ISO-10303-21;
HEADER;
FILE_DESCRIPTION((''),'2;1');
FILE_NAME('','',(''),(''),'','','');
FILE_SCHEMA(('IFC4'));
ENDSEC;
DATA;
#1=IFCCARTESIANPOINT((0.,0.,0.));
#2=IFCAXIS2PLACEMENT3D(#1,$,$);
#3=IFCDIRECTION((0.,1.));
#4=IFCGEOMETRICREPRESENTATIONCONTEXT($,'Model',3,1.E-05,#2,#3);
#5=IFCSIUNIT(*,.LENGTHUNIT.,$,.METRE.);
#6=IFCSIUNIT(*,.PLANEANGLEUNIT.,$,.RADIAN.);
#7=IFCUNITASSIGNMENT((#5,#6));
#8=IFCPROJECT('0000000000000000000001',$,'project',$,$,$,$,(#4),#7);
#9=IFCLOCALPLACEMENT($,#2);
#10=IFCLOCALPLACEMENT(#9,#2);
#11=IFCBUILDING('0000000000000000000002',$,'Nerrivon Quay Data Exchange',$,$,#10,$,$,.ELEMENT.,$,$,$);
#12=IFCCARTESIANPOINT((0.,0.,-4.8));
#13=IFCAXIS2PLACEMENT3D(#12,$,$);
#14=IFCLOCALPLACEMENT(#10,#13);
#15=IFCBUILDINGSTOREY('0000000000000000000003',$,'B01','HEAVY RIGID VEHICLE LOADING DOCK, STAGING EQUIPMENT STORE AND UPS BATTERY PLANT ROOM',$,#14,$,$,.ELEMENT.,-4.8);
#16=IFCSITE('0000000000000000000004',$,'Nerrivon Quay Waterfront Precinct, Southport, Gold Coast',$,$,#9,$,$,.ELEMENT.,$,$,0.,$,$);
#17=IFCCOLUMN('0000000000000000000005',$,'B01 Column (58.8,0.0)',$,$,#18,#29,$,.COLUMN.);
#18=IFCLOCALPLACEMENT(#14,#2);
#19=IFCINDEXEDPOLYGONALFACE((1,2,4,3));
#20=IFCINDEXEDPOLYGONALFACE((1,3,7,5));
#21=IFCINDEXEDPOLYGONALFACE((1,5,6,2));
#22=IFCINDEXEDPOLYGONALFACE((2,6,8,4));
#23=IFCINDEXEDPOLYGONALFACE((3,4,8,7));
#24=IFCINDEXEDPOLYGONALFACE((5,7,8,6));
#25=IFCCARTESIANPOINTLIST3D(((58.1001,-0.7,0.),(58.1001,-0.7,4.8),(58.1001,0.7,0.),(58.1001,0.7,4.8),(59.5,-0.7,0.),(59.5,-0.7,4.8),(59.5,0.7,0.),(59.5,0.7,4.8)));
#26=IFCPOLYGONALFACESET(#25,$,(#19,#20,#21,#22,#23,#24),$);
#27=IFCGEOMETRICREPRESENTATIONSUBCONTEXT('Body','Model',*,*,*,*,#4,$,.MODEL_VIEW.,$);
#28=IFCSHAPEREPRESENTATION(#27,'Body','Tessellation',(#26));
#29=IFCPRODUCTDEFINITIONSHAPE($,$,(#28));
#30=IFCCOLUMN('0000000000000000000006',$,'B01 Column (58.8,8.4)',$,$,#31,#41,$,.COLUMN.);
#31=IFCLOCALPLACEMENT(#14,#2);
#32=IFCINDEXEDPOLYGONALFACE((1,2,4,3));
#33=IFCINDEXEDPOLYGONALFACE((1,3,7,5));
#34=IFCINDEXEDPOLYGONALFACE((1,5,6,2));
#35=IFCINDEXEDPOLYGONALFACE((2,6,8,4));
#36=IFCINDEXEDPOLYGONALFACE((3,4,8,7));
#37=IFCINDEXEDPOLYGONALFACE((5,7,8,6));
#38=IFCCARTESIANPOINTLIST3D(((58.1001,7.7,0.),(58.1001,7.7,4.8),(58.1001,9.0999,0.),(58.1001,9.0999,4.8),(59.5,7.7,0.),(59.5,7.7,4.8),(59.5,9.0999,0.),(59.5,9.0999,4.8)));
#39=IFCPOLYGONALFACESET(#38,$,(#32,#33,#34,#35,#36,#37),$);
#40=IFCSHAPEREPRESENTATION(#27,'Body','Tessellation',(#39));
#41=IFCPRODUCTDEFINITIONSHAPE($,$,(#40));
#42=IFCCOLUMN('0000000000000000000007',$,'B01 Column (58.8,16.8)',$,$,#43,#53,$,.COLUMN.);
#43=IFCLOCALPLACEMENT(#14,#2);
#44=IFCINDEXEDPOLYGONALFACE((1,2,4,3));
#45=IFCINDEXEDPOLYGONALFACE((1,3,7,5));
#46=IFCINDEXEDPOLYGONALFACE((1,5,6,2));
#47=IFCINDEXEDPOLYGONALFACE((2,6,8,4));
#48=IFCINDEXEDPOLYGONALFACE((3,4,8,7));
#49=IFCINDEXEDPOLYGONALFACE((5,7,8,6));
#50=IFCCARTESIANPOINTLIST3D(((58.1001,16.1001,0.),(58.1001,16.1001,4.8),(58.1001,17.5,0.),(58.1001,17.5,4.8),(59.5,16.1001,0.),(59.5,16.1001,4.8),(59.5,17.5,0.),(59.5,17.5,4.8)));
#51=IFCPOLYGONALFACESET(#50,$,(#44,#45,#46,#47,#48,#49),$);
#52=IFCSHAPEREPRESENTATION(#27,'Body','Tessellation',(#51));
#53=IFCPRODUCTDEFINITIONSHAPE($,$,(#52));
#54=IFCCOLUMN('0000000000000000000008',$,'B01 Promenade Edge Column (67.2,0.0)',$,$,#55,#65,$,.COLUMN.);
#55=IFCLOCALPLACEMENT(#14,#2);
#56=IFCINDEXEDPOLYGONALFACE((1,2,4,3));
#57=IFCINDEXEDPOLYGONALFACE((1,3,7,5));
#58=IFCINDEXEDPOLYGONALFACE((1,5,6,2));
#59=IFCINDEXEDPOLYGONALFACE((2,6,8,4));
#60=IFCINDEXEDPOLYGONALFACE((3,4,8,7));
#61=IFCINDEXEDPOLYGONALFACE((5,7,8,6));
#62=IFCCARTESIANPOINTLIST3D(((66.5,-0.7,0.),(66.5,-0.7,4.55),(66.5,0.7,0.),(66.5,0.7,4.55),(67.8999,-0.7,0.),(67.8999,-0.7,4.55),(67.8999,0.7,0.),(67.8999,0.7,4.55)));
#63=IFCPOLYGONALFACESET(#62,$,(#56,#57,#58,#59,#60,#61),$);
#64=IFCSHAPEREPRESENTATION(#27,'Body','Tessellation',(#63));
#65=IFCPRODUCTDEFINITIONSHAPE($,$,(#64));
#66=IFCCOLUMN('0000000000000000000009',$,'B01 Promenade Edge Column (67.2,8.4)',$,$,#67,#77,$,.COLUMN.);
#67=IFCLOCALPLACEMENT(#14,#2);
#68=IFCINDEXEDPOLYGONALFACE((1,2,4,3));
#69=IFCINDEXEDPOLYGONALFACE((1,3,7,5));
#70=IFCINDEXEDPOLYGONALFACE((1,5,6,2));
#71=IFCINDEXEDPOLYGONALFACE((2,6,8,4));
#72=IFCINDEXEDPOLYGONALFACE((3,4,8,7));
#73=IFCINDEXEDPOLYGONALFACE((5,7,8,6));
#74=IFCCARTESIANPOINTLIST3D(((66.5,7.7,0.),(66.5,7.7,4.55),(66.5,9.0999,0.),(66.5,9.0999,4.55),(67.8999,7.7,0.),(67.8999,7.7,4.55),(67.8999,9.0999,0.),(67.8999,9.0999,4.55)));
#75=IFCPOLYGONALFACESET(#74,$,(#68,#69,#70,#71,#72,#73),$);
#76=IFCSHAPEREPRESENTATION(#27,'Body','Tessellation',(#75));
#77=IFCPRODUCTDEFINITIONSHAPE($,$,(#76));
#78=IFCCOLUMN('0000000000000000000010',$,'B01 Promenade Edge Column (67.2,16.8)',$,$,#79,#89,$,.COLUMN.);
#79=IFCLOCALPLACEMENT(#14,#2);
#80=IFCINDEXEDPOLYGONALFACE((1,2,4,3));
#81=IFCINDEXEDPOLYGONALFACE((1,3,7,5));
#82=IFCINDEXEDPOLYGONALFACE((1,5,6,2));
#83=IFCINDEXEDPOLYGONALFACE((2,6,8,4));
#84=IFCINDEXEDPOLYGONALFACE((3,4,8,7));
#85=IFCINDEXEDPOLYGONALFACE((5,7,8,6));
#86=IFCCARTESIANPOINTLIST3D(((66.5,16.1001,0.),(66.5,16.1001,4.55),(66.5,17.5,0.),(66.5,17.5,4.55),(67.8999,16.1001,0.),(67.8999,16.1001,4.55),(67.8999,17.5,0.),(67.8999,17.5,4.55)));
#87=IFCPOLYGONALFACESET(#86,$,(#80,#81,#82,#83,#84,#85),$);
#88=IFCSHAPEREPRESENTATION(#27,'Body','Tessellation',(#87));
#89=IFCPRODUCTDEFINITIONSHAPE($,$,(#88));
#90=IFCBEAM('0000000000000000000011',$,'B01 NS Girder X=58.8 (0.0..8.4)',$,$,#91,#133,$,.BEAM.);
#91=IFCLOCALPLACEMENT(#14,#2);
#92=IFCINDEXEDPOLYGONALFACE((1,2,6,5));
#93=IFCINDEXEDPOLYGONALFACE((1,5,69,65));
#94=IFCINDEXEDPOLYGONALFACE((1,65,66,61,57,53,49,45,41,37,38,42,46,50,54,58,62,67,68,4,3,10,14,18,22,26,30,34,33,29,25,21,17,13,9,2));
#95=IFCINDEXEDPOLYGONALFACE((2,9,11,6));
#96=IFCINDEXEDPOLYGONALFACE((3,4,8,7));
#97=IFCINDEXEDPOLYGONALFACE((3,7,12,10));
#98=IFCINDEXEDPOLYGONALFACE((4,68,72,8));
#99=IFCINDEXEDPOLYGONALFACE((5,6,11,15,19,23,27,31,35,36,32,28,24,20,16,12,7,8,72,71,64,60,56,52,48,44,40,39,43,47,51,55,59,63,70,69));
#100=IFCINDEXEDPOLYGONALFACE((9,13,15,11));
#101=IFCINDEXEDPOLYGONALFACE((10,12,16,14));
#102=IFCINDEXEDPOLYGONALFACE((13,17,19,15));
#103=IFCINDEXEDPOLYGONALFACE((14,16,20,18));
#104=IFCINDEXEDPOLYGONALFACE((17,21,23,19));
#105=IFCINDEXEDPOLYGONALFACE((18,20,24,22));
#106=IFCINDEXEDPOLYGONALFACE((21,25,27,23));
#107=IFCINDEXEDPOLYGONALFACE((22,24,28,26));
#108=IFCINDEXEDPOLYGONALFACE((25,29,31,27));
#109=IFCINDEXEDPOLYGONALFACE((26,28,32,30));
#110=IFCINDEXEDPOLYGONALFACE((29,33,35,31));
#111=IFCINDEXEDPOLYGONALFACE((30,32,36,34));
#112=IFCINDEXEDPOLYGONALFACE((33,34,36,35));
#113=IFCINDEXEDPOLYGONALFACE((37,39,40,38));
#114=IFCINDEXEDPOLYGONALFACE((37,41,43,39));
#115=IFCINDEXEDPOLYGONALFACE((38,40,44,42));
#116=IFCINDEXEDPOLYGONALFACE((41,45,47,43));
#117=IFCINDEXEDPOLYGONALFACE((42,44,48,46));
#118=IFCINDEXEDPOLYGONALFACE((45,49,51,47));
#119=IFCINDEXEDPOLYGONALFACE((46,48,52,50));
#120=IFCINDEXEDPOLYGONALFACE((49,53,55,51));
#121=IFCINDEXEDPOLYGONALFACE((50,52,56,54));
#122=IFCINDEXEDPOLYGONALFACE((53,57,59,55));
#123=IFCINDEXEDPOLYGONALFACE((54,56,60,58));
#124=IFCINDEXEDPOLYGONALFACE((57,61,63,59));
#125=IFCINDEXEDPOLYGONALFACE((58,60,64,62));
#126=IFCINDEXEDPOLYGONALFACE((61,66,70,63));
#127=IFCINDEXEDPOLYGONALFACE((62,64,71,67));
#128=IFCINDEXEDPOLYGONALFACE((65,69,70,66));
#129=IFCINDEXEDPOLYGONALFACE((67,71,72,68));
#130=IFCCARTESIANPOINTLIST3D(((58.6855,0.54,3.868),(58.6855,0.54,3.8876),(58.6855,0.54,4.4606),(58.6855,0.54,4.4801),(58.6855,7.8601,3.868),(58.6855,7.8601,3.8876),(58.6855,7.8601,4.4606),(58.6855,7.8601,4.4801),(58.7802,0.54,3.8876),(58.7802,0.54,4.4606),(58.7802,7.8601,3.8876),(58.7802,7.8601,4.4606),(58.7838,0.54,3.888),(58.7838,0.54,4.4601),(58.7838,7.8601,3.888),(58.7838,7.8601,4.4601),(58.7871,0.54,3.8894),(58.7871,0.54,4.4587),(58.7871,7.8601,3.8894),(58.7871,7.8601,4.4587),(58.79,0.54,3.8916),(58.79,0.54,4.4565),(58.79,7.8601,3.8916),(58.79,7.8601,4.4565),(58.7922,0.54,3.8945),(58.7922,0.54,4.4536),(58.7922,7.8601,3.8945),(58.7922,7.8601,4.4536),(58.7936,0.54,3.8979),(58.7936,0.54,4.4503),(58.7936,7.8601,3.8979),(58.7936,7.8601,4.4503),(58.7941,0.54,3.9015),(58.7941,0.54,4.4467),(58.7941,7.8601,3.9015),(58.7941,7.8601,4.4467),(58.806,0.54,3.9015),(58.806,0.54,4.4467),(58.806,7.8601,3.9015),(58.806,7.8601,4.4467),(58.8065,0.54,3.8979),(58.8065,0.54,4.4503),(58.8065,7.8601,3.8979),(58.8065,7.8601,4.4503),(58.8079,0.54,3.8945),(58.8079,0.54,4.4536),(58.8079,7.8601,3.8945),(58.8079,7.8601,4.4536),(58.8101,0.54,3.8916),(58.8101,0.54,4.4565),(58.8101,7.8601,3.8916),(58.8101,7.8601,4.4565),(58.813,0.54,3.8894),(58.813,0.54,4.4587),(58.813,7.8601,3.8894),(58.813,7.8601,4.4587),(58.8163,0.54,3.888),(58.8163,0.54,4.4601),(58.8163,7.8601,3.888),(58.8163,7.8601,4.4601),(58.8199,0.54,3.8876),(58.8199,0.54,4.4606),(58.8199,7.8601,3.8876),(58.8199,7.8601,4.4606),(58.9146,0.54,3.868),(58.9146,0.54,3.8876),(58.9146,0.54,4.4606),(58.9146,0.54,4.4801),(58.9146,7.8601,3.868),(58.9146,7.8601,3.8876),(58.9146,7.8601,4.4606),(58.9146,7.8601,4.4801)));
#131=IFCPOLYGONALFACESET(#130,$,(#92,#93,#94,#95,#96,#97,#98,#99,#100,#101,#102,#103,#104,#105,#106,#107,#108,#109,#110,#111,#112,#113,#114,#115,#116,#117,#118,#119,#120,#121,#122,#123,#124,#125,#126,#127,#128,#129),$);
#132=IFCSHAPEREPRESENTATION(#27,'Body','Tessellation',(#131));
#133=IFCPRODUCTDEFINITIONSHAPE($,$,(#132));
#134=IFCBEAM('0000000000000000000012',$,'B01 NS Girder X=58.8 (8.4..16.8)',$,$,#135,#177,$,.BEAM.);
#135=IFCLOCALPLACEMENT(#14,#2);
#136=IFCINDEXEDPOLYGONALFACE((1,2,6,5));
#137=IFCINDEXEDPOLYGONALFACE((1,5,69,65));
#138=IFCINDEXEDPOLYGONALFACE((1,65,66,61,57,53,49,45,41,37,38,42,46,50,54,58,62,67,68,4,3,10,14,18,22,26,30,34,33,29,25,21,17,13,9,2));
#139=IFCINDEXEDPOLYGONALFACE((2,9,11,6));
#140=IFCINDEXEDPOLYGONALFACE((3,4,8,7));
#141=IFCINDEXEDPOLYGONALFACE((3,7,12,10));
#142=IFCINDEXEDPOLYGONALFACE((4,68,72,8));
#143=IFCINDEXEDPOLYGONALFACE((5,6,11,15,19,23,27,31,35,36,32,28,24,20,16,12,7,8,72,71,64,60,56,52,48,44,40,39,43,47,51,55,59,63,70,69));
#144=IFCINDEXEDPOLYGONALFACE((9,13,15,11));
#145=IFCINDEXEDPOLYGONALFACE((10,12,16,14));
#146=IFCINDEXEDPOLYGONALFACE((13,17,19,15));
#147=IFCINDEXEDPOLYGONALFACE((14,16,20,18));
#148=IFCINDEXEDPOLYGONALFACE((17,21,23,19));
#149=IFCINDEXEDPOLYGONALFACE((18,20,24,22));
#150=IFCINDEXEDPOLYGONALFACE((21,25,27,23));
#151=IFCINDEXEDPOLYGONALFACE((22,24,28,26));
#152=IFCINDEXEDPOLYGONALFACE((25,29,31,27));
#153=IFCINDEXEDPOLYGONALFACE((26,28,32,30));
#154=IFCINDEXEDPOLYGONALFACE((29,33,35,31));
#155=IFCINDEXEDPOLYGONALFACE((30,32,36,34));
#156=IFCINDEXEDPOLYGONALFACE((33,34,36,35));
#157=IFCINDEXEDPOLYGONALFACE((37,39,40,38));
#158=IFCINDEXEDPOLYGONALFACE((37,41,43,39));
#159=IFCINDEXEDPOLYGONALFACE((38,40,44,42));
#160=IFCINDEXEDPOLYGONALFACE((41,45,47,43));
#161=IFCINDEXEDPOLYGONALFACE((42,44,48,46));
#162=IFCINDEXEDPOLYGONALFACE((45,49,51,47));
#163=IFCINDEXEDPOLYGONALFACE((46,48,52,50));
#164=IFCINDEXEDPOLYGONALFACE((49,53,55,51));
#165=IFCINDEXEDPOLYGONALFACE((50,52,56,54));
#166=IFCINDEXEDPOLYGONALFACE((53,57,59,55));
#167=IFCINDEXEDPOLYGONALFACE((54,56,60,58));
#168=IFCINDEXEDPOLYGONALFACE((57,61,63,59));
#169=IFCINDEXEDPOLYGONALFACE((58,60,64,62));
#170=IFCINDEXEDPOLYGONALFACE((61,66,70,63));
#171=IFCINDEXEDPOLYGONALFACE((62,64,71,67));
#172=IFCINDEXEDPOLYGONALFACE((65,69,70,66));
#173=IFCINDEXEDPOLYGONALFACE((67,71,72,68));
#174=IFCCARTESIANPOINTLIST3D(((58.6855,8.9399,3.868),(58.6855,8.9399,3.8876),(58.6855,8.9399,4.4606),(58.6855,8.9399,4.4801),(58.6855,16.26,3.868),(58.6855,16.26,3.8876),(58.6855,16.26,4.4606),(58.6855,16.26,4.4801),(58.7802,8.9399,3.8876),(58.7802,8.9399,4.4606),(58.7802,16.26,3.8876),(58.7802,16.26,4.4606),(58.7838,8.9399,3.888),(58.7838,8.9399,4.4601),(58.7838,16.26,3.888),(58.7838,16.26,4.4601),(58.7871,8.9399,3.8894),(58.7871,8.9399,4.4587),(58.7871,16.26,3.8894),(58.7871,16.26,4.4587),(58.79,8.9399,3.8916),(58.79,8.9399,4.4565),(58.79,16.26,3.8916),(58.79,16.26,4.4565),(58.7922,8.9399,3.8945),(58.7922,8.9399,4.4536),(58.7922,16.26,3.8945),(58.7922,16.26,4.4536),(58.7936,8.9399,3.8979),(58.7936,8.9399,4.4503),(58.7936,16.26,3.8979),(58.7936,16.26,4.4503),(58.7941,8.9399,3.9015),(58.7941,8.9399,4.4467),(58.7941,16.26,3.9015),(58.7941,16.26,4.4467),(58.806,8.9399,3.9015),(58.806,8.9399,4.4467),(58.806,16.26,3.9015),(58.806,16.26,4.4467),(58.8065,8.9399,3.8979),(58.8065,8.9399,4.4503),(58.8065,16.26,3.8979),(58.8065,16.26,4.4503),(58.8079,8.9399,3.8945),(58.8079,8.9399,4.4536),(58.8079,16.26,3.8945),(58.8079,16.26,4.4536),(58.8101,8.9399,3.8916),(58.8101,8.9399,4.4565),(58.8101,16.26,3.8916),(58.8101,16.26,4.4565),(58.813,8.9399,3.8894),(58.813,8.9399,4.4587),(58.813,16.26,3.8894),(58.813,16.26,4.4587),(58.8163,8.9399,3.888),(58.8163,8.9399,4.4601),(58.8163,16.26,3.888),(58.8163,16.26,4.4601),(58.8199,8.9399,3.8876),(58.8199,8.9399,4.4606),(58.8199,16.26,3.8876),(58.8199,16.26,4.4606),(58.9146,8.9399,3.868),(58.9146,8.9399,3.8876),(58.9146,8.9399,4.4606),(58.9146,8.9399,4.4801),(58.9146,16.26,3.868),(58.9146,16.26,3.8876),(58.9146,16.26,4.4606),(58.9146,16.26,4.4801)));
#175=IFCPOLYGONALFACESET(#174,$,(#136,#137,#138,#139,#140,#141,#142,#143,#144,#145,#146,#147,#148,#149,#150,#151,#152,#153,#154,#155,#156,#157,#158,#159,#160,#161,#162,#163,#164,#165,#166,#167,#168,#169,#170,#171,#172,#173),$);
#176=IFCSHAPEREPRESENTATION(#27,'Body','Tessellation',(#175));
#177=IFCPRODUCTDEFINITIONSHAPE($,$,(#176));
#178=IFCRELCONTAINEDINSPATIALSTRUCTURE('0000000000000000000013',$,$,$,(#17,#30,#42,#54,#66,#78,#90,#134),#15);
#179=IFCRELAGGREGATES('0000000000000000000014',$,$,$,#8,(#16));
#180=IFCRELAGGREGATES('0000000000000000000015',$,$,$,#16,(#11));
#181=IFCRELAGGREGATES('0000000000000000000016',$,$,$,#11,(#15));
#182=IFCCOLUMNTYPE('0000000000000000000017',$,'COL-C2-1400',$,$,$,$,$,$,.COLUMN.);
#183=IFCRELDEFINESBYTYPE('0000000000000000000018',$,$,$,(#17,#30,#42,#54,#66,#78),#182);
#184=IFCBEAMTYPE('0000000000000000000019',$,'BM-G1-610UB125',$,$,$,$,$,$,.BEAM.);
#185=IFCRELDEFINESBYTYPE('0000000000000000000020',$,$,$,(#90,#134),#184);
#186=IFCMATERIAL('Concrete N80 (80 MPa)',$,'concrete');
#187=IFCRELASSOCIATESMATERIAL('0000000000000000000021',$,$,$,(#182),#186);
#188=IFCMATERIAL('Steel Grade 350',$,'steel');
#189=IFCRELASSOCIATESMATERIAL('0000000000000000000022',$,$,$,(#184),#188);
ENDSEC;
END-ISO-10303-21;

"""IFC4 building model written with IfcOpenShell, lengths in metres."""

from ifc_helpers import new_model, si_unit, direction, frame, origin, origin_2d, place, context, subcontext, project, spatial, rectangle, i_section, extrude, material, material_profile, profile_set, type_object, element, save


model = new_model("IFC4")

# Units and contexts
model_context = context("Model", 3, precision=1e-05, world=origin(), true_north=direction((0.0, 1.0)))
body_context = subcontext(model_context, "Body", "Model", "MODEL_VIEW")
ifc_project = project(units=[si_unit("LENGTHUNIT", "METRE"), si_unit("PLANEANGLEUNIT", "RADIAN")], contexts=[model_context])

# Site, building, storey
site_placement = place(None, origin())
site = spatial("IfcSite", under=ifc_project, at=site_placement, Name="Nerrivon Quay Waterfront Precinct, Southport, Gold Coast", CompositionType="ELEMENT", RefElevation=0.0)
building_placement = place(site_placement, origin())
building = spatial("IfcBuilding", under=site, at=building_placement, Name="Nerrivon Quay Data Exchange", CompositionType="ELEMENT")
storey_placement = place(building_placement, frame((0.0, 0.0, -4.8)))
storey = spatial("IfcBuildingStorey", under=building, at=storey_placement, Name="B01", Description="HEAVY RIGID VEHICLE LOADING DOCK, STAGING EQUIPMENT STORE AND UPS BATTERY PLANT ROOM", CompositionType="ELEMENT", Elevation=-4.8)

# Columns
ifc_material_1 = material(Name="Concrete N80 (80 MPa)", Category="concrete")
ifc_material_profile_1 = material_profile(ifc_material_1, rectangle(XDim=1.3999, YDim=1.3999, at=origin_2d()), Name="RC-COL-1400x1400")
ifc_profile_set_1 = profile_set([ifc_material_profile_1], Name="Concrete N80 (80 MPa)")
column_type = type_object("IfcColumnType", Name="COL-C2-1400", PredefinedType="COLUMN", material=ifc_profile_set_1)
for number, where, z_axis, x_axis, name in (
    (1, (58.8, 0.0, 0.0), (0.0, 0.0, 1.0), (1.0, 0.0, 0.0), "B01 Column (58.8,0.0)"),
    (2, (58.8, 8.3999, 0.0), (0.0, 0.0, 1.0), (1.0, 0.0, 0.0), "B01 Column (58.8,8.4)"),
    (3, (58.8, 16.8, 0.0), (0.0, 0.0, 1.0), (1.0, 0.0, 0.0), "B01 Column (58.8,16.8)"),
):
    element("IfcColumn", number, at=place(storey_placement, frame(where, z_axis=z_axis, x_axis=x_axis)), inside=storey, type_object=column_type, Name=name, PredefinedType="COLUMN", context=body_context, shape_type="SweptSolid", body=[
        extrude(rectangle(XDim=1.3999, YDim=1.3999, at=origin_2d()), origin(), (0.0, 0.0, 1.0), 4.8),
    ])
for number, where, z_axis, x_axis, name in (
    (4, (67.2, 0.0, 0.0), (0.0, 0.0, 1.0), (1.0, 0.0, 0.0), "B01 Promenade Edge Column (67.2,0.0)"),
    (5, (67.2, 8.3999, 0.0), (0.0, 0.0, 1.0), (1.0, 0.0, 0.0), "B01 Promenade Edge Column (67.2,8.4)"),
    (6, (67.2, 16.8, 0.0), (0.0, 0.0, 1.0), (1.0, 0.0, 0.0), "B01 Promenade Edge Column (67.2,16.8)"),
):
    element("IfcColumn", number, at=place(storey_placement, frame(where, z_axis=z_axis, x_axis=x_axis)), inside=storey, type_object=column_type, Name=name, PredefinedType="COLUMN", context=body_context, shape_type="SweptSolid", body=[
        extrude(rectangle(XDim=1.3999, YDim=1.3999, at=origin_2d()), origin(), (0.0, 0.0, 1.0), 4.55),
    ])

# Beams
ifc_material_2 = material(Name="Steel Grade 350", Category="steel")
ifc_material_profile_2 = material_profile(ifc_material_2, i_section(OverallWidth=0.229, OverallDepth=0.6121, WebThickness=0.012, FlangeThickness=0.0195, FilletRadius=0.0139, at=origin_2d()), Name="610UB125")
ifc_profile_set_2 = profile_set([ifc_material_profile_2], Name="Steel Grade 350")
beam_type_1 = type_object("IfcBeamType", Name="BM-G1-610UB125", PredefinedType="BEAM", material=ifc_profile_set_2)
for number, where, z_axis, x_axis, name in (
    (7, (58.8, 0.54, 4.1741), (0.0, 1.0, 0.0), (-1.0, 0.0, 0.0), "B01 NS Girder X=58.8 (0.0..8.4)"),
    (8, (58.8, 8.9399, 4.1741), (0.0, 1.0, 0.0), (-1.0, 0.0, 0.0), "B01 NS Girder X=58.8 (8.4..16.8)"),
):
    element("IfcBeam", number, at=place(storey_placement, frame(where, z_axis=z_axis, x_axis=x_axis)), inside=storey, type_object=beam_type_1, Name=name, PredefinedType="BEAM", context=body_context, shape_type="SweptSolid", body=[
        extrude(i_section(OverallWidth=0.229, OverallDepth=0.6121, WebThickness=0.012, FlangeThickness=0.0195, FilletRadius=0.0139, at=origin_2d()), origin(), (0.0, 0.0, 1.0), 7.3201),
    ])

save(model, "model.ifc")
